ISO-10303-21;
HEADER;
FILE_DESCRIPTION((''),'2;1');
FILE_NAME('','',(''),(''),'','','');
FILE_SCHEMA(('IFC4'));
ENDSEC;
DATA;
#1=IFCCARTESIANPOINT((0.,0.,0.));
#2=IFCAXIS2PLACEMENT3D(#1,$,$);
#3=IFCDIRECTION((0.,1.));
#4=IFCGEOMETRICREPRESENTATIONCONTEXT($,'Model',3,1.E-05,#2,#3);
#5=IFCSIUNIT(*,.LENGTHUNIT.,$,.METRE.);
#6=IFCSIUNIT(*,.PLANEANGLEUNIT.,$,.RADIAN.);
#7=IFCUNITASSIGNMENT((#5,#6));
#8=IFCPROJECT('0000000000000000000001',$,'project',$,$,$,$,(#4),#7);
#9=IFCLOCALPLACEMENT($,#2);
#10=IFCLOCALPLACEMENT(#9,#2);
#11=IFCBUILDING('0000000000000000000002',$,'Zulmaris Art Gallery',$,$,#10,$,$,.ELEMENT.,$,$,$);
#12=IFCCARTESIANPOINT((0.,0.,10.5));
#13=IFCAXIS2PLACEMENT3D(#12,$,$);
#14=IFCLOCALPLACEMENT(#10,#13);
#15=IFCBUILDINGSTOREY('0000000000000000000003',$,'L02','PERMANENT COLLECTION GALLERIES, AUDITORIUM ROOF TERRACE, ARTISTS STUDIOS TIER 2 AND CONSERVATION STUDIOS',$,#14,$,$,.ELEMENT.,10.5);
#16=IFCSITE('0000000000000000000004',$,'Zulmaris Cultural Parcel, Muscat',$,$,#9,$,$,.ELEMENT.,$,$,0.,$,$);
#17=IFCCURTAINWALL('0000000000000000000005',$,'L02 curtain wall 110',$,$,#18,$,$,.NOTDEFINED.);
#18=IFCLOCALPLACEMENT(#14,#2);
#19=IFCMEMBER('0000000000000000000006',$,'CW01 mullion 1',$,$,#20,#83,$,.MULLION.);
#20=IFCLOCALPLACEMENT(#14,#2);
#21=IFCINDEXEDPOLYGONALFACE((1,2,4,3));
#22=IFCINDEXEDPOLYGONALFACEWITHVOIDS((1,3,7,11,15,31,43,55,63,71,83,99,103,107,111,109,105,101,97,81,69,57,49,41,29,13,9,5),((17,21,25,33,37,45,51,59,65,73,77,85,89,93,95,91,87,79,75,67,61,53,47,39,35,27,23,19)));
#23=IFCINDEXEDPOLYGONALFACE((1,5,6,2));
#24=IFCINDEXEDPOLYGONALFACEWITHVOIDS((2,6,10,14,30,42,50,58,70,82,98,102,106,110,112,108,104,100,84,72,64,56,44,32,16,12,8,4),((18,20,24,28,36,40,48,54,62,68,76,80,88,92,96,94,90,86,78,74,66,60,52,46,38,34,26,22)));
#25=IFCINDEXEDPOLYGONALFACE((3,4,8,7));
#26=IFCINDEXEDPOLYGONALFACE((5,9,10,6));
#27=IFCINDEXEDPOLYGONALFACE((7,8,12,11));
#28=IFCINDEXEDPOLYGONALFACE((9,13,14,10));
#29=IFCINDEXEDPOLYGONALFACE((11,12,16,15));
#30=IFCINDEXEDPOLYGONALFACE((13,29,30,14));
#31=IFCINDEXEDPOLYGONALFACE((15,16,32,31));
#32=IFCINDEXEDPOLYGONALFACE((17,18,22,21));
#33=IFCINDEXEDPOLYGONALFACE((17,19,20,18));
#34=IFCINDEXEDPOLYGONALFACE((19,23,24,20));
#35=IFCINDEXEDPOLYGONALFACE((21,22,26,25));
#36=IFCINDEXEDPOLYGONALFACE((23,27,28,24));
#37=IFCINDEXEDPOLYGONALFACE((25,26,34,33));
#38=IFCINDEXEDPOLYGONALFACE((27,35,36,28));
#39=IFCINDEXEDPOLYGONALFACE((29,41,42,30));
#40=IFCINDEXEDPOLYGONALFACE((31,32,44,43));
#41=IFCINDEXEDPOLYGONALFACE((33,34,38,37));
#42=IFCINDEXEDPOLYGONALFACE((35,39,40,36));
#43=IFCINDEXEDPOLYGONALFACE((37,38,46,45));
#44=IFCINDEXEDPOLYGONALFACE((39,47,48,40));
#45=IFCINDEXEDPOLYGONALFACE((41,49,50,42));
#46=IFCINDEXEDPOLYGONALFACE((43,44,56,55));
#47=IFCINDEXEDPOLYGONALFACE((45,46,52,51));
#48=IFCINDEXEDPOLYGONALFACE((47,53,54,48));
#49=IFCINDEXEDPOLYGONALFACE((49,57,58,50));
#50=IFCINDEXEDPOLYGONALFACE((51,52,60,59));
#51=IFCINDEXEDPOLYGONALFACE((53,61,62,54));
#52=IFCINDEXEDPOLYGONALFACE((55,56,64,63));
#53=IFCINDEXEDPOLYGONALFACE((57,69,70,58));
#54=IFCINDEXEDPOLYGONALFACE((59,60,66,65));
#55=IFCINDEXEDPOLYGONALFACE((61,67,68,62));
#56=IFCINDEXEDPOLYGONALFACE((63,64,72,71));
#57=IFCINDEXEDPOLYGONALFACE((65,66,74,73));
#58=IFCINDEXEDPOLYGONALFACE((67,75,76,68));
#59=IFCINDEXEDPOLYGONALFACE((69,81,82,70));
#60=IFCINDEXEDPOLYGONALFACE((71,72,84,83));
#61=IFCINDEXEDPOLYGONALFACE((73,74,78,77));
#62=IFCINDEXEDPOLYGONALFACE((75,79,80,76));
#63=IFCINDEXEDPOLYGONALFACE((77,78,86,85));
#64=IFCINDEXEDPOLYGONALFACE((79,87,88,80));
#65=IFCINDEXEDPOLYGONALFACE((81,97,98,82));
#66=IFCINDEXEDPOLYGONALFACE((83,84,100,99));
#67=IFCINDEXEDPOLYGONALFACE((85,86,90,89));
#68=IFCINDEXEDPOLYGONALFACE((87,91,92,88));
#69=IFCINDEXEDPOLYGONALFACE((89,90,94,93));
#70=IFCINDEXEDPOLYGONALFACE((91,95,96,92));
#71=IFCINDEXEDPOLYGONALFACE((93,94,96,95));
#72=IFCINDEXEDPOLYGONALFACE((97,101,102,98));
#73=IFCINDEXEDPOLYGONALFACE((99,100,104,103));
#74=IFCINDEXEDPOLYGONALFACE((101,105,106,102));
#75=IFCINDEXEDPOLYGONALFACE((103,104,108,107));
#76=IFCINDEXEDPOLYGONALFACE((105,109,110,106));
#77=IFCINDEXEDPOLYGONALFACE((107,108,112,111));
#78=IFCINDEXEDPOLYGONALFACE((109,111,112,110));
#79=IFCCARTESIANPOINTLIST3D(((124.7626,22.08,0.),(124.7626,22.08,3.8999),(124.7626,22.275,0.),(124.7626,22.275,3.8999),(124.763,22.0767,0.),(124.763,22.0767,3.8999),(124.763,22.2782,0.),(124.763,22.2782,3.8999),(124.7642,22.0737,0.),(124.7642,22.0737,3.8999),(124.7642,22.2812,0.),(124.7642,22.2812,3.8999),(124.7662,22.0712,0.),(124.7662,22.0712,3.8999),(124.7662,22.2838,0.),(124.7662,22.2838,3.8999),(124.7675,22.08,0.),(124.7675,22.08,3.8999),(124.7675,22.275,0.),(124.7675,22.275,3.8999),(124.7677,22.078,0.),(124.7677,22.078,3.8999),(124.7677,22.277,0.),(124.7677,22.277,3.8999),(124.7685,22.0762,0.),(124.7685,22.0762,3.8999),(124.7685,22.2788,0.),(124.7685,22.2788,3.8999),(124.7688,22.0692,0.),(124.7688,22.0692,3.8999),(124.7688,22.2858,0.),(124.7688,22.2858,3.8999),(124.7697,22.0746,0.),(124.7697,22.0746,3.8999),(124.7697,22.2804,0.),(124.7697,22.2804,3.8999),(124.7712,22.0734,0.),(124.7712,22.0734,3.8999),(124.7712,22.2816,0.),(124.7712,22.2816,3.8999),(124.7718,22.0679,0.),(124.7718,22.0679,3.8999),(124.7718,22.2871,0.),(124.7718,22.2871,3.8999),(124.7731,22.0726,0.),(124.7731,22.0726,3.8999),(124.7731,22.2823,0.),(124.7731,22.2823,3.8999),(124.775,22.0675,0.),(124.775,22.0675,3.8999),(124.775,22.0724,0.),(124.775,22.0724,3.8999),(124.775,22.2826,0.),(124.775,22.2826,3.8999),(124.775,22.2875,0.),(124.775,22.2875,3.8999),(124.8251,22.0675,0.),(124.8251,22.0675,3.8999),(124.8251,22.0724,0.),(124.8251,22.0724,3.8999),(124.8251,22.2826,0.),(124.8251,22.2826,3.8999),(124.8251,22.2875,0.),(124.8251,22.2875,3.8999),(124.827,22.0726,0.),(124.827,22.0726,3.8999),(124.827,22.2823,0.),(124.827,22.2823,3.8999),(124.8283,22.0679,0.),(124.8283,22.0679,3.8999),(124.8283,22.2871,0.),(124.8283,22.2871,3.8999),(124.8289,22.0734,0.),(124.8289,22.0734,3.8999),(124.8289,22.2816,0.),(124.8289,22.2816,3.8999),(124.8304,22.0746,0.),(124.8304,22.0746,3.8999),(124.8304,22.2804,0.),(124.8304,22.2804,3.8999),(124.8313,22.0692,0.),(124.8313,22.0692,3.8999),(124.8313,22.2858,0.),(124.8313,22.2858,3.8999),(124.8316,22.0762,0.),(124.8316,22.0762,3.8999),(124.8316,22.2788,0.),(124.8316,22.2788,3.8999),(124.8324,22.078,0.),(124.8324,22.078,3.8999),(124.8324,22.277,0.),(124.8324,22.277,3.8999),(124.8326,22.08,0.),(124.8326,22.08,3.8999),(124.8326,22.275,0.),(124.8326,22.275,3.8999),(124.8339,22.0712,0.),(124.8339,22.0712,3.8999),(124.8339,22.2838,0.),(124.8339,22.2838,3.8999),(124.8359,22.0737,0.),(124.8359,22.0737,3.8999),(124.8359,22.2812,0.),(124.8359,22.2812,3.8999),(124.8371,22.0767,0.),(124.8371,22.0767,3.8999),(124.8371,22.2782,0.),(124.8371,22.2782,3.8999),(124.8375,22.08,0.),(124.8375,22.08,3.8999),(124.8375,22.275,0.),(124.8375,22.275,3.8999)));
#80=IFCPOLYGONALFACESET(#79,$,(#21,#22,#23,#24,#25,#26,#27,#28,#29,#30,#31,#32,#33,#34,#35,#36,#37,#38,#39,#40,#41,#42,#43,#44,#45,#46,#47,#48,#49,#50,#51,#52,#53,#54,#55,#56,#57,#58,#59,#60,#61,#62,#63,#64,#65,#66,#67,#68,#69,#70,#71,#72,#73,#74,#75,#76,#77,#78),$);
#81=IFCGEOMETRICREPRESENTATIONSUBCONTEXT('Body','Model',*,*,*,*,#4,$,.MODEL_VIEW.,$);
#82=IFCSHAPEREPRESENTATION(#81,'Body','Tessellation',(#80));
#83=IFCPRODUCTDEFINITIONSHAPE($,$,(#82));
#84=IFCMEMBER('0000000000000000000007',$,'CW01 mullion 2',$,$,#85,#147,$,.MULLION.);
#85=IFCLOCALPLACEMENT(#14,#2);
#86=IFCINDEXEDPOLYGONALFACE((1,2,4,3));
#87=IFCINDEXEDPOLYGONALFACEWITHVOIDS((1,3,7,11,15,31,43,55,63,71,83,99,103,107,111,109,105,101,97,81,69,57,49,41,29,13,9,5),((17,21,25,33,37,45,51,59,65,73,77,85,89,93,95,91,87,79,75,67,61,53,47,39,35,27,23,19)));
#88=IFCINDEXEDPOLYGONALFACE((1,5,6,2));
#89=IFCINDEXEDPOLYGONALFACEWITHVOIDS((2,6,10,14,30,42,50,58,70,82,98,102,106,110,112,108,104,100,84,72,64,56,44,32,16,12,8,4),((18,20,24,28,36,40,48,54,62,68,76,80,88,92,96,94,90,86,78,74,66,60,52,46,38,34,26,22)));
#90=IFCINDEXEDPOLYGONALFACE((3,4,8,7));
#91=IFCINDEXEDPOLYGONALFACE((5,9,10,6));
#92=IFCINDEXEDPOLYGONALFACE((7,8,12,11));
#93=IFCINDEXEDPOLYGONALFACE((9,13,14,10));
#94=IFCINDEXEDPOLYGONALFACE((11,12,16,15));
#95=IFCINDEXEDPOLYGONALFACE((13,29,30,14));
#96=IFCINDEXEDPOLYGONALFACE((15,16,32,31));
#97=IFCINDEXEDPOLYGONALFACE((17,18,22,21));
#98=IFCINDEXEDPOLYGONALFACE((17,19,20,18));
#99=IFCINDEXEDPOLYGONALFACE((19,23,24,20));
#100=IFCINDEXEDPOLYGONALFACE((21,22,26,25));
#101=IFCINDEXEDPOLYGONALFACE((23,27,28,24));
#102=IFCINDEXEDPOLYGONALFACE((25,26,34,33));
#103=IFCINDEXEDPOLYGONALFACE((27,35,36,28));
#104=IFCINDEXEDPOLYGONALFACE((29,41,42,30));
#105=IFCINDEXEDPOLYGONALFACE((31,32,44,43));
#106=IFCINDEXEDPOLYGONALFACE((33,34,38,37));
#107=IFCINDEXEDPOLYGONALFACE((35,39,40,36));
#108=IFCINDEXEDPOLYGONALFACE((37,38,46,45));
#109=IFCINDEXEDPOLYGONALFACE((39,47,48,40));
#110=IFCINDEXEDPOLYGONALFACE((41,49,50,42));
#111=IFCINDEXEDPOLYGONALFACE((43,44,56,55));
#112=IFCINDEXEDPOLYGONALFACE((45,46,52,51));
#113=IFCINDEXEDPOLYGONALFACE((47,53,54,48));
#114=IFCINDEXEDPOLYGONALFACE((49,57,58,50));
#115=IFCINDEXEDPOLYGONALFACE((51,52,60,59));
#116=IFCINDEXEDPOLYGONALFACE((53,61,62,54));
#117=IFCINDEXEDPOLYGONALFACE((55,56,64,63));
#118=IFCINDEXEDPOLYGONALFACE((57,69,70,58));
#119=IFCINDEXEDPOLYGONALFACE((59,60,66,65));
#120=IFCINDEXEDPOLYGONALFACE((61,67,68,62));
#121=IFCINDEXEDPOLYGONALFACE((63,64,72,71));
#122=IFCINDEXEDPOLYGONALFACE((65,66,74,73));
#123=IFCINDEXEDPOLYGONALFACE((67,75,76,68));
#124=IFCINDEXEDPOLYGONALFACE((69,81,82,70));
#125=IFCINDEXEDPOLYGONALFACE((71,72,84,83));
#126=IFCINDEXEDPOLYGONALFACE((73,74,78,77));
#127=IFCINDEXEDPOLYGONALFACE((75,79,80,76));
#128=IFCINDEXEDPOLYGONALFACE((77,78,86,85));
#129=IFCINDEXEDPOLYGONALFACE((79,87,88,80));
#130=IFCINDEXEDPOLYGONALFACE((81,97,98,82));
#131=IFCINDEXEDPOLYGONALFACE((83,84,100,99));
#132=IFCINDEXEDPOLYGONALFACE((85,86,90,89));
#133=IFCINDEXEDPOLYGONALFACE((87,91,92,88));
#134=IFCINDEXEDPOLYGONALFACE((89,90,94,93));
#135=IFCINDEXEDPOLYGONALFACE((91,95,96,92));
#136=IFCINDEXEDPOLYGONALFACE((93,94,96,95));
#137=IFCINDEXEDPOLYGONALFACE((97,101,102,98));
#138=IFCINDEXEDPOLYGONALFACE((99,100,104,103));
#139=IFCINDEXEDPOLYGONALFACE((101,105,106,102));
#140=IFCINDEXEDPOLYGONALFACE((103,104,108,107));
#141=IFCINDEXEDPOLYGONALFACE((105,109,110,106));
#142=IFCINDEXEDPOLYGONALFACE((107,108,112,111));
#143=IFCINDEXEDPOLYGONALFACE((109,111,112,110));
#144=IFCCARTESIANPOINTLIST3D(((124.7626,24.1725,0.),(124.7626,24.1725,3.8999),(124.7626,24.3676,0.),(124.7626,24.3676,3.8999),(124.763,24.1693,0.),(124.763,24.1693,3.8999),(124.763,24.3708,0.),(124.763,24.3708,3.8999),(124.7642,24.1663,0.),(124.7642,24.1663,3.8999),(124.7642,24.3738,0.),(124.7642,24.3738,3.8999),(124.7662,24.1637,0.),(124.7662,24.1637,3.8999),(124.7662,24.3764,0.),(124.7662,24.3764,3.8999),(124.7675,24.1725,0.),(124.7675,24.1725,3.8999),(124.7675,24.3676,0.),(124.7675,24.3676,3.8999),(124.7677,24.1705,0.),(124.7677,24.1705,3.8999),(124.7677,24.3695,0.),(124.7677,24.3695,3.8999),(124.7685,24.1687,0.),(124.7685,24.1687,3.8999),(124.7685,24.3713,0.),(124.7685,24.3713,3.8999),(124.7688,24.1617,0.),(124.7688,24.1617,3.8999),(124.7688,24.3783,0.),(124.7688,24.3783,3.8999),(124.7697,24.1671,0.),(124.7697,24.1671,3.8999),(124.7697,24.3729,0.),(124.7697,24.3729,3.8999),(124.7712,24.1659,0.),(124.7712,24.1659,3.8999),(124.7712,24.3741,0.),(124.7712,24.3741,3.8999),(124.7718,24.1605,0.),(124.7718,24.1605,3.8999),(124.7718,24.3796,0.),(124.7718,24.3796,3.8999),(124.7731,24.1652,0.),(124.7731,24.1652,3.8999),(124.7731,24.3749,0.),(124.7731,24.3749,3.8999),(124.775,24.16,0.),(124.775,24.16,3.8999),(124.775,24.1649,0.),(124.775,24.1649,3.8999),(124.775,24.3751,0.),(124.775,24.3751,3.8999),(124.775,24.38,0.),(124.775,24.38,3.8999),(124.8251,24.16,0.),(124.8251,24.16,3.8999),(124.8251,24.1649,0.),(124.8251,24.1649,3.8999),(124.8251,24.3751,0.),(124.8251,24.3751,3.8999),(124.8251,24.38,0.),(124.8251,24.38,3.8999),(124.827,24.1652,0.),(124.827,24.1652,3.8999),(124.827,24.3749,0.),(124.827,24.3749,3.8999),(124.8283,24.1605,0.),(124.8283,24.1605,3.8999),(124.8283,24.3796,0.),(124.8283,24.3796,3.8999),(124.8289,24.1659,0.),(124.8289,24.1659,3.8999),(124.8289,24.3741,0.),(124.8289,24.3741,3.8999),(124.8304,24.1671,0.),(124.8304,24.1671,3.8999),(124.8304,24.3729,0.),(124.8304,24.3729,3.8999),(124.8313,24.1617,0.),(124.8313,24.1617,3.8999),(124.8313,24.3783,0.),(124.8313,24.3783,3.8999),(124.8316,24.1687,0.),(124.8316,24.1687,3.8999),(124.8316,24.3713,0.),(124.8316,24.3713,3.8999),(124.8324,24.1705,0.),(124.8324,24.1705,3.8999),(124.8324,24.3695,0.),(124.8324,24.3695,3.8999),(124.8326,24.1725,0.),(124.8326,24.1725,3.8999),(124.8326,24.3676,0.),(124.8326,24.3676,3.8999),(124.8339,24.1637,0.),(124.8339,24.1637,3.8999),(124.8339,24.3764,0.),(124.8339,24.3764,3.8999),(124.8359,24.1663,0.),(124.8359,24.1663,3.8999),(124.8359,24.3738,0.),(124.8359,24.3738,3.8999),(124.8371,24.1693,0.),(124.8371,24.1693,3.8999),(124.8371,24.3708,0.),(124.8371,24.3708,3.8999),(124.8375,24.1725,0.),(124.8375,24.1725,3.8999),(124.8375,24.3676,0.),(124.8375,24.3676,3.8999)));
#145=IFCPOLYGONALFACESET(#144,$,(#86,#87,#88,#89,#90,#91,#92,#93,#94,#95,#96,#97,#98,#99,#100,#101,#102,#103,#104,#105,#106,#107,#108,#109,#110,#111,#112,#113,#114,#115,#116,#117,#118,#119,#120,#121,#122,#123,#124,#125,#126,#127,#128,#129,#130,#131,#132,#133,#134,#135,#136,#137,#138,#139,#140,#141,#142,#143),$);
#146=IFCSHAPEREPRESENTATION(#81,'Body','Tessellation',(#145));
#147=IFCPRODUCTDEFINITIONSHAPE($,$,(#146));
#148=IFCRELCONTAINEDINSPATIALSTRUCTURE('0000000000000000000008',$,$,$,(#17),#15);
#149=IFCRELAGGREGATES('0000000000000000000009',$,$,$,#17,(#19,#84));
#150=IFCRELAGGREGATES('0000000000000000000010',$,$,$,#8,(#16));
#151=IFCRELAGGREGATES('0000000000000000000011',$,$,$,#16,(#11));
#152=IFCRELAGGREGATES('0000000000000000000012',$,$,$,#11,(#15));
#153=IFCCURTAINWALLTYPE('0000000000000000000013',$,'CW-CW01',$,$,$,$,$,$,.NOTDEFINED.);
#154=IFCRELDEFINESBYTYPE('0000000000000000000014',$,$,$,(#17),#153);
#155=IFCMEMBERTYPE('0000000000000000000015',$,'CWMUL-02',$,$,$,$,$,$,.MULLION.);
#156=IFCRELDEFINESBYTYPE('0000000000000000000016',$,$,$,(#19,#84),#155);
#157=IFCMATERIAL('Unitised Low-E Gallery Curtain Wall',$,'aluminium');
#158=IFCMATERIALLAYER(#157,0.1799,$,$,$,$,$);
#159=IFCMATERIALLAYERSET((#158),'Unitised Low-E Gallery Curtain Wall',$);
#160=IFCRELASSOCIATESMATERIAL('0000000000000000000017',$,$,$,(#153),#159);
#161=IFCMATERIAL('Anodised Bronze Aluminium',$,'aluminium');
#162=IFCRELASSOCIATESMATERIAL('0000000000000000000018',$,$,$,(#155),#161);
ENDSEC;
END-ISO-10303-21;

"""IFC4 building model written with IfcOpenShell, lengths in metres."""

from ifc_helpers import new_model, si_unit, direction, frame, origin, origin_2d, place, context, subcontext, project, spatial, hollow_rectangle, extrude, material, layer, layer_set, material_profile, profile_set, type_object, element, aggregate, save


model = new_model("IFC4")

# Units and contexts
model_context = context("Model", 3, precision=1e-05, world=origin(), true_north=direction((0.0, 1.0)))
body_context = subcontext(model_context, "Body", "Model", "MODEL_VIEW")
ifc_project = project(units=[si_unit("LENGTHUNIT", "METRE"), si_unit("PLANEANGLEUNIT", "RADIAN")], contexts=[model_context])

# Site, building, storey
site_placement = place(None, origin())
site = spatial("IfcSite", under=ifc_project, at=site_placement, Name="Zulmaris Cultural Parcel, Muscat", CompositionType="ELEMENT", RefElevation=0.0)
building_placement = place(site_placement, origin())
building = spatial("IfcBuilding", under=site, at=building_placement, Name="Zulmaris Art Gallery", CompositionType="ELEMENT")
storey_placement = place(building_placement, frame((0.0, 0.0, 10.5)))
storey = spatial("IfcBuildingStorey", under=building, at=storey_placement, Name="L02", Description="PERMANENT COLLECTION GALLERIES, AUDITORIUM ROOF TERRACE, ARTISTS STUDIOS TIER 2 AND CONSERVATION STUDIOS", CompositionType="ELEMENT", Elevation=10.5)

# Curtain wall, members
ifc_material_1 = material(Name="Unitised Low-E Gallery Curtain Wall", Category="aluminium")
ifc_layer_1 = layer(ifc_material_1, 0.1799)
ifc_layer_set_1 = layer_set([ifc_layer_1], Name="Unitised Low-E Gallery Curtain Wall")
curtain_wall_type = type_object("IfcCurtainWallType", Name="CW-CW01", PredefinedType="NOTDEFINED", material=ifc_layer_set_1)
curtain_wall_placement = place(storey_placement, origin())
curtain_wall = element("IfcCurtainWall", 1, at=curtain_wall_placement, inside=storey, type_object=curtain_wall_type, Name="L02 curtain wall 110", PredefinedType="NOTDEFINED")
ifc_material_2 = material(Name="Anodised Bronze Aluminium", Category="aluminium")
ifc_material_profile_1 = material_profile(ifc_material_2, hollow_rectangle(XDim=0.075, YDim=0.22, WallThickness=0.0049, InnerFilletRadius=0.0076, OuterFilletRadius=0.0125, at=origin_2d()), Name="ALU 75x220x5")
ifc_profile_set_1 = profile_set([ifc_material_profile_1], Name="Anodised Bronze Aluminium")
member_type_1 = type_object("IfcMemberType", Name="CWMUL-02", PredefinedType="MULLION", material=ifc_profile_set_1)
member_1_placement = place(storey_placement, frame((124.8, 22.1775, 0.0), z_axis=(0.0, 0.0, 1.0), x_axis=(-1.0, 0.0, 0.0)))
member_1 = element("IfcMember", 2, at=member_1_placement, type_object=member_type_1, Name="CW01 mullion 1", PredefinedType="MULLION", context=body_context, shape_type="SweptSolid", body=[
    extrude(hollow_rectangle(XDim=0.075, YDim=0.22, WallThickness=0.0049, InnerFilletRadius=0.0076, OuterFilletRadius=0.0125, at=origin_2d()), origin(), (0.0, 0.0, 1.0), 3.8999),
])
member_2_placement = place(storey_placement, frame((124.8, 24.27, 0.0), z_axis=(0.0, 0.0, 1.0), x_axis=(-1.0, 0.0, 0.0)))
member_2 = element("IfcMember", 3, at=member_2_placement, type_object=member_type_1, Name="CW01 mullion 2", PredefinedType="MULLION", context=body_context, shape_type="SweptSolid", body=[
    extrude(hollow_rectangle(XDim=0.075, YDim=0.22, WallThickness=0.0049, InnerFilletRadius=0.0076, OuterFilletRadius=0.0125, at=origin_2d()), origin(), (0.0, 0.0, 1.0), 3.8999),
])
aggregate(curtain_wall, [member_1, member_2])

save(model, "model.ifc")
